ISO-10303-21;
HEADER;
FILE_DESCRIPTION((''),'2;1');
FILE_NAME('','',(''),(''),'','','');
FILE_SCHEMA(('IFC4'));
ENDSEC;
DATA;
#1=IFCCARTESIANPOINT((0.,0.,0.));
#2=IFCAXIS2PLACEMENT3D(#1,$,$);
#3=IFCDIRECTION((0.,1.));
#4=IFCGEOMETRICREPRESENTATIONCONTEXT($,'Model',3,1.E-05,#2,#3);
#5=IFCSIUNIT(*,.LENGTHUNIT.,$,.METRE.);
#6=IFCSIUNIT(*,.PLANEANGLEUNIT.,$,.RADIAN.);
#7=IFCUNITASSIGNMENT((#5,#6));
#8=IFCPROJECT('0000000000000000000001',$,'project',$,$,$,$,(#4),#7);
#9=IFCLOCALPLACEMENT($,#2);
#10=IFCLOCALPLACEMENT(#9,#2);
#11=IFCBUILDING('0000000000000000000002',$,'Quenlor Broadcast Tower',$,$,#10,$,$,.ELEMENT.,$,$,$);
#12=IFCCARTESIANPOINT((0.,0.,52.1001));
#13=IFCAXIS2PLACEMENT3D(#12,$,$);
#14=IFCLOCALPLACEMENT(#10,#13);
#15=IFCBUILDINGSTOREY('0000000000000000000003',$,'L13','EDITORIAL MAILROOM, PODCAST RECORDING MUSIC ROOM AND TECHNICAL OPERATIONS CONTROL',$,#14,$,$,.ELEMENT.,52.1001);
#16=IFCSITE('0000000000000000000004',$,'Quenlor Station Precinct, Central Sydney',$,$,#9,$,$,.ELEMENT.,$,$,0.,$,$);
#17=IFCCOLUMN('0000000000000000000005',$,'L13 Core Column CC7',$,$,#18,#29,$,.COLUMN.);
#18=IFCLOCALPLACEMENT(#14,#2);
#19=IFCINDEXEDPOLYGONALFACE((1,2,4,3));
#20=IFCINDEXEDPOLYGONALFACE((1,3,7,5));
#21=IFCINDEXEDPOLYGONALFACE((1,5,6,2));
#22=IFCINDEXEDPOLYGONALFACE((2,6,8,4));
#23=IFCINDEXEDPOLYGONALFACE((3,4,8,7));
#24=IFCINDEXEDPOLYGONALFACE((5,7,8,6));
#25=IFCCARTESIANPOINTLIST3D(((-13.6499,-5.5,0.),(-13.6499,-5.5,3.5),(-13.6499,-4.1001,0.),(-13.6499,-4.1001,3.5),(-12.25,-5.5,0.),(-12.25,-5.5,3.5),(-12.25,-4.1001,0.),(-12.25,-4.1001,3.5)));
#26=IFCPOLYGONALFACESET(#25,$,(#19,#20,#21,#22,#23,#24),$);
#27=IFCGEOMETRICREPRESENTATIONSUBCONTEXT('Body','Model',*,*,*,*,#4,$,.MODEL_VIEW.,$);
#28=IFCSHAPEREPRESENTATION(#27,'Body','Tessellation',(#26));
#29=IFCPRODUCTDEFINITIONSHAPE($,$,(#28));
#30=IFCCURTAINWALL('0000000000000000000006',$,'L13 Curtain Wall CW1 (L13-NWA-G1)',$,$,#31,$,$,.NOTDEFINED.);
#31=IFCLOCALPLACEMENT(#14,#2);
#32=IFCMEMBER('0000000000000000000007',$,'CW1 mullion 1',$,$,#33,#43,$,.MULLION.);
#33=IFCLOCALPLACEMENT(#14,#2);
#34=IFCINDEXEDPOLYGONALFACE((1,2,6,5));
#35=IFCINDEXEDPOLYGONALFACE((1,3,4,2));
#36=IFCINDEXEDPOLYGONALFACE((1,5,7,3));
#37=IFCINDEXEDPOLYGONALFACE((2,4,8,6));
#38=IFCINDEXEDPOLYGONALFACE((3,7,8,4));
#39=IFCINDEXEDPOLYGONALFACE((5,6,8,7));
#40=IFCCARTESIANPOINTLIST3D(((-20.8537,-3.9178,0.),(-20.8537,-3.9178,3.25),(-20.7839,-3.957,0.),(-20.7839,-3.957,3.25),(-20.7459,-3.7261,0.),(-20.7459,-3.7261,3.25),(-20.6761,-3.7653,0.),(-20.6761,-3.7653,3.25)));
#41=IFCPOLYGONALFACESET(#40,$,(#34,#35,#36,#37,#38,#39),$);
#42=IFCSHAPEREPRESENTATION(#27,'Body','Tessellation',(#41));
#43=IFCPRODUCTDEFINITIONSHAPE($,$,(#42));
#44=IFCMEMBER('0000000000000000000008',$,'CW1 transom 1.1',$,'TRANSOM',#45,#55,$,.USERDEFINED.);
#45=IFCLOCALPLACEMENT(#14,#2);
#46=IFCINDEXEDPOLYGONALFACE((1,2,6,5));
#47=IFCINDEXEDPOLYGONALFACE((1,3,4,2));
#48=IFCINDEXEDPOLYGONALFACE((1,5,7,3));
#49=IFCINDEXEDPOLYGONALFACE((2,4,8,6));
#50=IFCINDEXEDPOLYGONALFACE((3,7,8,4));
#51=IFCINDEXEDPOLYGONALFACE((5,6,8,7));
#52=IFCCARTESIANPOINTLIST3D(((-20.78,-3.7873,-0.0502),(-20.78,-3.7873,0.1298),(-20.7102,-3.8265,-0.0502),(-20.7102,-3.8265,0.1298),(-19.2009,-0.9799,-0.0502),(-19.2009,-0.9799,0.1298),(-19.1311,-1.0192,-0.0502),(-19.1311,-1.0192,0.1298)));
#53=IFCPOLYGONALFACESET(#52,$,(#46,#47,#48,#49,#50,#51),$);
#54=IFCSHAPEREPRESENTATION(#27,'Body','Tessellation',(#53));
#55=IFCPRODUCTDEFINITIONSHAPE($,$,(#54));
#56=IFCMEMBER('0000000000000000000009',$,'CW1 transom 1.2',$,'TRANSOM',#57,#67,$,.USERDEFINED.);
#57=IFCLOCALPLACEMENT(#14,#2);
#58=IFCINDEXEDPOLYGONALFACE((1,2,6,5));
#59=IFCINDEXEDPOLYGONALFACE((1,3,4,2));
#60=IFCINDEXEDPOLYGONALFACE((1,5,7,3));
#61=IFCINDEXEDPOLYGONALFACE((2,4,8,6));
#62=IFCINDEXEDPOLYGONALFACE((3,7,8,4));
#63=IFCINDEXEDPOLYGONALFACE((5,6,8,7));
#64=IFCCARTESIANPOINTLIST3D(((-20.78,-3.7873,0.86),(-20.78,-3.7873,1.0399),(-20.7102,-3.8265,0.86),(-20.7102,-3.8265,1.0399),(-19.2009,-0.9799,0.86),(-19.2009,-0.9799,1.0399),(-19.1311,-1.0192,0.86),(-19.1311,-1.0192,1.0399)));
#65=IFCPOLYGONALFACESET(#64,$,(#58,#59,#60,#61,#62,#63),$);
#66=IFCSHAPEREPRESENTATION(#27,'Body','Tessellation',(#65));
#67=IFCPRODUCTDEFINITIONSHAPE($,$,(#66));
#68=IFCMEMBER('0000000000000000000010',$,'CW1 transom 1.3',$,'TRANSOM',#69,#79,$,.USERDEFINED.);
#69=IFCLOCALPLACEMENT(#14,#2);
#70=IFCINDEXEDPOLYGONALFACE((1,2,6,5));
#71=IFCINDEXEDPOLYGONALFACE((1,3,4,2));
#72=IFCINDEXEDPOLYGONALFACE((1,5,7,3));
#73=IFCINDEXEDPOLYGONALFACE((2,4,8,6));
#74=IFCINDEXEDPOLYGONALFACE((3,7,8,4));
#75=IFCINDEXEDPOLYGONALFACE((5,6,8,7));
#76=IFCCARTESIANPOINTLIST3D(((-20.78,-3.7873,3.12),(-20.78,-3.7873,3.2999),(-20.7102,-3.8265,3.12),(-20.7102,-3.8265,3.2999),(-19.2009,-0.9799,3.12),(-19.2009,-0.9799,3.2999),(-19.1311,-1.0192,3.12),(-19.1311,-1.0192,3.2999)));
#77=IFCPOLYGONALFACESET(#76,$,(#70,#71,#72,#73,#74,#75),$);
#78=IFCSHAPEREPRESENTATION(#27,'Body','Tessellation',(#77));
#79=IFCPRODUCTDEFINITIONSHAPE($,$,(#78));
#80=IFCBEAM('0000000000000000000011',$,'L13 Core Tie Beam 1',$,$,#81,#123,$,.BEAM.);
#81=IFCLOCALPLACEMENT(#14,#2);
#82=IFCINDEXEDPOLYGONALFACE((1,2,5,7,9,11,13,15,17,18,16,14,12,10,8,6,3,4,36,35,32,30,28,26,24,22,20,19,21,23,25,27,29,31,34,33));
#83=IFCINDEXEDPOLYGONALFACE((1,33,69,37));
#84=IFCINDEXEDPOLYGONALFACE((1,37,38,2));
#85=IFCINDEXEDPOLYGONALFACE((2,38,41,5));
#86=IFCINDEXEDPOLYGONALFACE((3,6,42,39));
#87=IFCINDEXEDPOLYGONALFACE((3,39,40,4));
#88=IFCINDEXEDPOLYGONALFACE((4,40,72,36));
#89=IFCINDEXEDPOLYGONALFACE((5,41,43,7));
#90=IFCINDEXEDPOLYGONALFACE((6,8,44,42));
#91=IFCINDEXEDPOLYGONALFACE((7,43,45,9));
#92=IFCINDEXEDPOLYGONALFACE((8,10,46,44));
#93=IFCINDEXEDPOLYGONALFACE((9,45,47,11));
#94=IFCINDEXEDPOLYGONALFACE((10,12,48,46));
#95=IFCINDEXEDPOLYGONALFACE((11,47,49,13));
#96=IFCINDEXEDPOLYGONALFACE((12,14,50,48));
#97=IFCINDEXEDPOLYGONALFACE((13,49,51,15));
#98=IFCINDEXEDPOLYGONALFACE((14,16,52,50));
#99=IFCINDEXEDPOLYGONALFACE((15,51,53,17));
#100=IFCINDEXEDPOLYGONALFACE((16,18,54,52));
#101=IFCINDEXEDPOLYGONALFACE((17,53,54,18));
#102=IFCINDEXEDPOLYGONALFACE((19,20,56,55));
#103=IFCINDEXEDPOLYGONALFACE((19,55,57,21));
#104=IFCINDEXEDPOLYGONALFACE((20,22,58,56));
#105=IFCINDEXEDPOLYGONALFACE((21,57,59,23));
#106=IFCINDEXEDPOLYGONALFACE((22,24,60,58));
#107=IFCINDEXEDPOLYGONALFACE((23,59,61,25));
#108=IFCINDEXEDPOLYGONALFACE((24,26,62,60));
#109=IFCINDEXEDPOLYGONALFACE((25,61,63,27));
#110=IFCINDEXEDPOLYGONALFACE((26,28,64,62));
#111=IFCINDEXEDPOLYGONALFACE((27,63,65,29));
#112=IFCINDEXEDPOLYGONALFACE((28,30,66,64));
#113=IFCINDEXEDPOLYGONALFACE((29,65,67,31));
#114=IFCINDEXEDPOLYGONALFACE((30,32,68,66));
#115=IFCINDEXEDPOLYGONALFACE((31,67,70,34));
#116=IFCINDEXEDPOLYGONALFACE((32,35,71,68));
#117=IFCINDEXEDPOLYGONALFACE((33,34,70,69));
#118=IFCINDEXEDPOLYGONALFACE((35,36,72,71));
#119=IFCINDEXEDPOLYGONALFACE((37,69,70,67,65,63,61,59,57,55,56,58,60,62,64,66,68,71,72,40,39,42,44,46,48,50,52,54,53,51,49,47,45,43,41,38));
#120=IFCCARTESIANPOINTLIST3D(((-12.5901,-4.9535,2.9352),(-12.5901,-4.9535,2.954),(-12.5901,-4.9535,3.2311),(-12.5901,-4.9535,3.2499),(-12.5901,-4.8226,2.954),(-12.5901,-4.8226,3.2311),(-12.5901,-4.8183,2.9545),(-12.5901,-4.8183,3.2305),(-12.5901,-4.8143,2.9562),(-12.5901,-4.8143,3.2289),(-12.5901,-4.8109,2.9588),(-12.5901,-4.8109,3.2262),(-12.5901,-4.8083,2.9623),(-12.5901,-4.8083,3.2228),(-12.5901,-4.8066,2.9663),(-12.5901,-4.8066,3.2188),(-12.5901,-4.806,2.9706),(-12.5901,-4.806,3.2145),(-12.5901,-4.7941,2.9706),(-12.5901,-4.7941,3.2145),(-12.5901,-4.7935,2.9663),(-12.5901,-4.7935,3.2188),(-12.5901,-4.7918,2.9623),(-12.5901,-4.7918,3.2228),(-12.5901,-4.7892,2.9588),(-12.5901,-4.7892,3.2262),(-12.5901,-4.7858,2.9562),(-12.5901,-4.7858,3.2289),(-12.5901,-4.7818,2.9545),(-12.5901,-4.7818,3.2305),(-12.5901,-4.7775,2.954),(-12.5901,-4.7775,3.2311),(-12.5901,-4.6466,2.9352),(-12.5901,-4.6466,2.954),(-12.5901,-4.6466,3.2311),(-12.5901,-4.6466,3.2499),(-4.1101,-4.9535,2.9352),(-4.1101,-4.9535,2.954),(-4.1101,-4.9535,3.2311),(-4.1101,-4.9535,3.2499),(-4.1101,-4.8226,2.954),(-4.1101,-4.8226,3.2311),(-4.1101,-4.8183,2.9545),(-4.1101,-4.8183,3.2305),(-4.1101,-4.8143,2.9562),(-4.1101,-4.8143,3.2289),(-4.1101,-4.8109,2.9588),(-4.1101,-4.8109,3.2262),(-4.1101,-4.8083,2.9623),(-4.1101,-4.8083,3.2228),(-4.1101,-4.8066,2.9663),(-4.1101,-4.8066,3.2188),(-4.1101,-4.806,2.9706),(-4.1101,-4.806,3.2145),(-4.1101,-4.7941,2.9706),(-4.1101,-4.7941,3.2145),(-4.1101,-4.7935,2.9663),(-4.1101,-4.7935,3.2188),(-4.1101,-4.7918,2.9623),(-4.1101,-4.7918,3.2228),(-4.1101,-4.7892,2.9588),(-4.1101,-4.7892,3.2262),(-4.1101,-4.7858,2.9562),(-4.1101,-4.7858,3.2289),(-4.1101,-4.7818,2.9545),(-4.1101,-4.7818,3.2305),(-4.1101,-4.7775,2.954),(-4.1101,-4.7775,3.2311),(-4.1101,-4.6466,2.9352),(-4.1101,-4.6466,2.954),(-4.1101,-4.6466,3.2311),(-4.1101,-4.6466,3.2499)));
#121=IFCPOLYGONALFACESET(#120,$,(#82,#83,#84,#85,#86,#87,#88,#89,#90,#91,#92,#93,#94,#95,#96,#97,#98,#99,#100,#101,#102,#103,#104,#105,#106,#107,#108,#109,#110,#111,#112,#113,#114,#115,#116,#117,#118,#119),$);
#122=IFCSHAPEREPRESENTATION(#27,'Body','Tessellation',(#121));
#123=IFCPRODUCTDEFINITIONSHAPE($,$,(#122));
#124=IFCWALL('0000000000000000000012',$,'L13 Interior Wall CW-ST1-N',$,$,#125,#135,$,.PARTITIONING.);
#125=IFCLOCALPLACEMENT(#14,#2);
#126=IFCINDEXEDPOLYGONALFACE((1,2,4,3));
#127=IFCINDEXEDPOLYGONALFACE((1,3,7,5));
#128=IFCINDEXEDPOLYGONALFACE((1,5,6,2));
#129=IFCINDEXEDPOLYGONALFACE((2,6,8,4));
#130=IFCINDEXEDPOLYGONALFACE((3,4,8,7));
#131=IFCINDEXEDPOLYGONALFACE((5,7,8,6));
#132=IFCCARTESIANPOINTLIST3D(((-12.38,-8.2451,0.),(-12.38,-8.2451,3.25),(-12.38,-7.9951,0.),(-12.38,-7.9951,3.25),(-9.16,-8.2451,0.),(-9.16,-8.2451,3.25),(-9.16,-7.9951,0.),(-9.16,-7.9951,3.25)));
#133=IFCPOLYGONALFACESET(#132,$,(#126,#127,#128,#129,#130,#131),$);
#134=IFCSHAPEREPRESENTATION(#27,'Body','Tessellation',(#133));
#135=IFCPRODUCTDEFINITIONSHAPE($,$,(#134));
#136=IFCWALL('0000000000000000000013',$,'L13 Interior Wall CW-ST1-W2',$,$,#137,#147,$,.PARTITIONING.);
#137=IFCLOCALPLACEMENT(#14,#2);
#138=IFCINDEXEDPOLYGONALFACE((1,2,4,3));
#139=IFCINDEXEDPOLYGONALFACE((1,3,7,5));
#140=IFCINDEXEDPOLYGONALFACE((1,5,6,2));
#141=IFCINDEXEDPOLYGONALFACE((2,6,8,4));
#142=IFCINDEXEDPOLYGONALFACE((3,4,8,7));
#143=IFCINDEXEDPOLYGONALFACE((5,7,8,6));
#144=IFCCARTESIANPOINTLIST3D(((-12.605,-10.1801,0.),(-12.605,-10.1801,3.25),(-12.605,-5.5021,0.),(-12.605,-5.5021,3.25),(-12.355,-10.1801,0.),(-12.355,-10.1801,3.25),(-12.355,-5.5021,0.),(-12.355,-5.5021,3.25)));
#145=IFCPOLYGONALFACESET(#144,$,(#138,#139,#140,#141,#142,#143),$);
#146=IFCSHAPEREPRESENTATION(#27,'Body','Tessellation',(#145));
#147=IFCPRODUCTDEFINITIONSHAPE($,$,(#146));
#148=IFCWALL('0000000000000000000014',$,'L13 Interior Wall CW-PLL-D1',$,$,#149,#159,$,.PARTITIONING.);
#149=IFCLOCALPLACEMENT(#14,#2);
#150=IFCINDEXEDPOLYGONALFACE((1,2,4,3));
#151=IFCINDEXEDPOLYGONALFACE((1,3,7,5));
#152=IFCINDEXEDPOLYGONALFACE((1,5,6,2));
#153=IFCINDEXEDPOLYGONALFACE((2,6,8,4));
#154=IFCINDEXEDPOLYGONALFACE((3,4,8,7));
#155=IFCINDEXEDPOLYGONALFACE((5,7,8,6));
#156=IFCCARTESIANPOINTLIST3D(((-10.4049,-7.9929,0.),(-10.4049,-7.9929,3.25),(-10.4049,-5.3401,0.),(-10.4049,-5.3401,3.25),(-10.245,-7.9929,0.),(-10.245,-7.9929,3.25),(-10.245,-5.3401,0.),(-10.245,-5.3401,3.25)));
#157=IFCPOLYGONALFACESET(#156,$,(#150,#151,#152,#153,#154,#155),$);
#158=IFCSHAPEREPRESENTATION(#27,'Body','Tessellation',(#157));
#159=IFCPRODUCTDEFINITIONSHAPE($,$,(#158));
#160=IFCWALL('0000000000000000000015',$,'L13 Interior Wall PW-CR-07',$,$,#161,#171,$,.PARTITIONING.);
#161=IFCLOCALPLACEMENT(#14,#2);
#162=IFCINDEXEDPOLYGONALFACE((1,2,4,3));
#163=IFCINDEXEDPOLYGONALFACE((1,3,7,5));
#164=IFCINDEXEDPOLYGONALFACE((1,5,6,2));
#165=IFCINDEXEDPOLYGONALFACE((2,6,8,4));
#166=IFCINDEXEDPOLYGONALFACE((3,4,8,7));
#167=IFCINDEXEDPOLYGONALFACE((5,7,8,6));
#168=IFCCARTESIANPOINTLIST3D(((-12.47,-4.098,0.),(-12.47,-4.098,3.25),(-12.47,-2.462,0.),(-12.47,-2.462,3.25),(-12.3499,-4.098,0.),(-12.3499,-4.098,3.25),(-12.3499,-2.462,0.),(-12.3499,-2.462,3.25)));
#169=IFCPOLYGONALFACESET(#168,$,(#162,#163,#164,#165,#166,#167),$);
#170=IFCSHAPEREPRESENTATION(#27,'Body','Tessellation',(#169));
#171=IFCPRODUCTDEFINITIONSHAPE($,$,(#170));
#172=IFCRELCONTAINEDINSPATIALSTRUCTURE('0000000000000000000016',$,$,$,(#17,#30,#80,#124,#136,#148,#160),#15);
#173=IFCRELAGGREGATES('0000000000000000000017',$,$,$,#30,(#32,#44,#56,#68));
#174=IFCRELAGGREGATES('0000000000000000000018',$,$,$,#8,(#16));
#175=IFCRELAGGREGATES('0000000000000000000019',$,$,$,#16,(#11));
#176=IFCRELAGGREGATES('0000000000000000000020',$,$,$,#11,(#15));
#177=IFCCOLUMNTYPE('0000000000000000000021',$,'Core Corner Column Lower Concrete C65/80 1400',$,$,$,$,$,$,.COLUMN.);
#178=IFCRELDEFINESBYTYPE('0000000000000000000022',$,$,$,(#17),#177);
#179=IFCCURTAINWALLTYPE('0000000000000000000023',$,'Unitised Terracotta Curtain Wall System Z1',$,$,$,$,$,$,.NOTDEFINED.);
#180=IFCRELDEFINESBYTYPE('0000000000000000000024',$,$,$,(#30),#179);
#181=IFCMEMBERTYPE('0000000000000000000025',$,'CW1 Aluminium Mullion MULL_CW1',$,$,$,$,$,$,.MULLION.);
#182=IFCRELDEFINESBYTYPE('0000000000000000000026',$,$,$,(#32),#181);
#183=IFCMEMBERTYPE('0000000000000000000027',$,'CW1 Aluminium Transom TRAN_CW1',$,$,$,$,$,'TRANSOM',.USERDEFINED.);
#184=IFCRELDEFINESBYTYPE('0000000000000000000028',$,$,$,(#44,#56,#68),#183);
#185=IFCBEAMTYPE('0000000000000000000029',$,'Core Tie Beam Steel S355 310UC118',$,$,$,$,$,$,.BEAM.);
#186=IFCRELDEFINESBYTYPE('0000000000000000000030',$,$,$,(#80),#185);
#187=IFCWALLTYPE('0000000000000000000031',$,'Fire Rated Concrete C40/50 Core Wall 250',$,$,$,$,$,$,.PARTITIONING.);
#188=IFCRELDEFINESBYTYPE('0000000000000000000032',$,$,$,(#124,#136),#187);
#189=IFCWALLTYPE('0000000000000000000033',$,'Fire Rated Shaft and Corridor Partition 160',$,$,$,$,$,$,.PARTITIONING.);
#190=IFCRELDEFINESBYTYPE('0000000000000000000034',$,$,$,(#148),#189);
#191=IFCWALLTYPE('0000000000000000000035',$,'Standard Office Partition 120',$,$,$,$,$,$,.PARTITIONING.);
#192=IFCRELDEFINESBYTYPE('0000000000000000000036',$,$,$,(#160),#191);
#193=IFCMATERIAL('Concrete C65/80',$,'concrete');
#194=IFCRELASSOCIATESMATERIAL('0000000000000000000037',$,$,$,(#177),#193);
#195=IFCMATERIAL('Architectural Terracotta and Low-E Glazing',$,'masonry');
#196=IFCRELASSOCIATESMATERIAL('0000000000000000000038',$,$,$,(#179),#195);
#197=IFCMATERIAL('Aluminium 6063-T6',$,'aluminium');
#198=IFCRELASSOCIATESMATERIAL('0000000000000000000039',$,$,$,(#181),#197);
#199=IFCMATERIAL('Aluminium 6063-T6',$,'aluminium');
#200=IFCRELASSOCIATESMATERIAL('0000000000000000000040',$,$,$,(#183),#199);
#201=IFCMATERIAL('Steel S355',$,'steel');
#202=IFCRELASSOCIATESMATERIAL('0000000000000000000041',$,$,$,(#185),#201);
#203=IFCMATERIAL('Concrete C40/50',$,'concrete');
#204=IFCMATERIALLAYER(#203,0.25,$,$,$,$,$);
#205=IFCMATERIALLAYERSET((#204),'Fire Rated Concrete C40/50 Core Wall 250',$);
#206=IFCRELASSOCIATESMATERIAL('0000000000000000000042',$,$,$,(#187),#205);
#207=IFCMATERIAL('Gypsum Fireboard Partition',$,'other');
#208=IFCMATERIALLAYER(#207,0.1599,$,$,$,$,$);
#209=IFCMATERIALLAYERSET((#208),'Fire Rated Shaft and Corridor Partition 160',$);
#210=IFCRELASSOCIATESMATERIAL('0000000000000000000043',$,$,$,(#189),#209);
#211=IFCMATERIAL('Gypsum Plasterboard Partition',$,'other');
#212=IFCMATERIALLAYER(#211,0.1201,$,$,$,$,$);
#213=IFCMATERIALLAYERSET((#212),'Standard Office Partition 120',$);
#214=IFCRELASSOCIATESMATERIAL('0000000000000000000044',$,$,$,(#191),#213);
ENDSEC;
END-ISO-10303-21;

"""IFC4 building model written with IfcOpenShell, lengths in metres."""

from ifc_helpers import new_model, si_unit, direction, frame, frame_2d, origin, origin_2d, place, context, subcontext, project, spatial, rectangle, i_section, extrude, material, layer, layer_set, material_profile, profile_set, type_object, element, aggregate, save


model = new_model("IFC4")

# Units and contexts
model_context = context("Model", 3, precision=1e-05, world=origin(), true_north=direction((0.0, 1.0)))
body_context = subcontext(model_context, "Body", "Model", "MODEL_VIEW")
ifc_project = project(units=[si_unit("LENGTHUNIT", "METRE"), si_unit("PLANEANGLEUNIT", "RADIAN")], contexts=[model_context])

# Site, building, storey
site_placement = place(None, origin())
site = spatial("IfcSite", under=ifc_project, at=site_placement, Name="Quenlor Station Precinct, Central Sydney", CompositionType="ELEMENT", RefElevation=0.0)
building_placement = place(site_placement, origin())
building = spatial("IfcBuilding", under=site, at=building_placement, Name="Quenlor Broadcast Tower", CompositionType="ELEMENT")
storey_placement = place(building_placement, frame((0.0, 0.0, 52.1001)))
storey = spatial("IfcBuildingStorey", under=building, at=storey_placement, Name="L13", Description="EDITORIAL MAILROOM, PODCAST RECORDING MUSIC ROOM AND TECHNICAL OPERATIONS CONTROL", CompositionType="ELEMENT", Elevation=52.1001)

# Column
ifc_material_1 = material(Name="Concrete C65/80", Category="concrete")
ifc_material_profile_1 = material_profile(ifc_material_1, rectangle(XDim=1.3999, YDim=1.3999, at=origin_2d()))
ifc_profile_set_1 = profile_set([ifc_material_profile_1], Name="Concrete C65/80 RC1400x1400")
column_type = type_object("IfcColumnType", Name="Core Corner Column Lower Concrete C65/80 1400", PredefinedType="COLUMN", material=ifc_profile_set_1)
column_placement = place(storey_placement, frame((-12.95, -4.8, 0.0), z_axis=(0.0, 0.0, 1.0), x_axis=(1.0, 0.0, 0.0)))
element("IfcColumn", 1, at=column_placement, inside=storey, type_object=column_type, Name="L13 Core Column CC7", PredefinedType="COLUMN", context=body_context, shape_type="SweptSolid", body=[
    extrude(rectangle(XDim=1.3999, YDim=1.3999, at=origin_2d()), origin(), (0.0, 0.0, 1.0), 3.5),
])

# Curtain wall, members
ifc_material_2 = material(Name="Architectural Terracotta and Low-E Glazing", Category="masonry")
curtain_wall_type = type_object("IfcCurtainWallType", Name="Unitised Terracotta Curtain Wall System Z1", PredefinedType="NOTDEFINED", material=ifc_material_2)
curtain_wall_placement = place(storey_placement, origin())
curtain_wall = element("IfcCurtainWall", 2, at=curtain_wall_placement, inside=storey, type_object=curtain_wall_type, Name="L13 Curtain Wall CW1 (L13-NWA-G1)", PredefinedType="NOTDEFINED")
ifc_material_3 = material(Name="Aluminium 6063-T6", Category="aluminium")
ifc_material_profile_2 = material_profile(ifc_material_3, rectangle(XDim=0.0801, YDim=0.22, at=origin_2d()))
ifc_profile_set_2 = profile_set([ifc_material_profile_2], Name="Aluminium 6063-T6 MULL80x220")
member_type_1 = type_object("IfcMemberType", Name="CW1 Aluminium Mullion MULL_CW1", PredefinedType="MULLION", material=ifc_profile_set_2)
member_1_placement = place(storey_placement, frame((-20.7649, -3.8416, 0.0), z_axis=(0.0, 0.0, 1.0), x_axis=(-0.871578, 0.490257, 0.0)))
member_1 = element("IfcMember", 3, at=member_1_placement, type_object=member_type_1, Name="CW1 mullion 1", PredefinedType="MULLION", context=body_context, shape_type="SweptSolid", body=[
    extrude(rectangle(XDim=0.0801, YDim=0.22, at=origin_2d()), origin(), (0.0, 0.0, 1.0), 3.25),
])
ifc_material_4 = material(Name="Aluminium 6063-T6", Category="aluminium")
ifc_material_profile_3 = material_profile(ifc_material_4, rectangle(XDim=0.0801, YDim=0.1799, at=origin_2d()))
ifc_profile_set_3 = profile_set([ifc_material_profile_3], Name="Aluminium 6063-T6 TRAN80x180")
member_type_2 = type_object("IfcMemberType", Name="CW1 Aluminium Transom TRAN_CW1", ElementType="TRANSOM", PredefinedType="USERDEFINED", material=ifc_profile_set_3)
member_2_placement = place(storey_placement, frame((-20.7451, -3.8069, 0.0398), z_axis=(0.49025, 0.871582, 0.0), x_axis=(-0.871582, 0.49025, 0.0)))
member_2 = element("IfcMember", 4, at=member_2_placement, type_object=member_type_2, Name="CW1 transom 1.1", ObjectType="TRANSOM", PredefinedType="USERDEFINED", context=body_context, shape_type="SweptSolid", body=[
    extrude(rectangle(XDim=0.0801, YDim=0.1799, at=origin_2d()), origin(), (0.0, 0.0, 1.0), 3.2209),
])
member_3_placement = place(storey_placement, frame((-20.7451, -3.8069, 0.95), z_axis=(0.49025, 0.871582, 0.0), x_axis=(-0.871582, 0.49025, 0.0)))
member_3 = element("IfcMember", 5, at=member_3_placement, type_object=member_type_2, Name="CW1 transom 1.2", ObjectType="TRANSOM", PredefinedType="USERDEFINED", context=body_context, shape_type="SweptSolid", body=[
    extrude(rectangle(XDim=0.0801, YDim=0.1799, at=origin_2d()), origin(), (0.0, 0.0, 1.0), 3.2209),
])
member_4_placement = place(storey_placement, frame((-20.7451, -3.8069, 3.21), z_axis=(0.49025, 0.871582, 0.0), x_axis=(-0.871582, 0.49025, 0.0)))
member_4 = element("IfcMember", 6, at=member_4_placement, type_object=member_type_2, Name="CW1 transom 1.3", ObjectType="TRANSOM", PredefinedType="USERDEFINED", context=body_context, shape_type="SweptSolid", body=[
    extrude(rectangle(XDim=0.0801, YDim=0.1799, at=origin_2d()), origin(), (0.0, 0.0, 1.0), 3.2209),
])
aggregate(curtain_wall, [member_1, member_2, member_3, member_4])

# Beam
ifc_material_5 = material(Name="Steel S355", Category="steel")
ifc_material_profile_4 = material_profile(ifc_material_5, i_section(OverallWidth=0.3069, OverallDepth=0.3147, WebThickness=0.012, FlangeThickness=0.0188, FilletRadius=0.0166, at=origin_2d()))
ifc_profile_set_4 = profile_set([ifc_material_profile_4], Name="Steel S355 310UC118")
beam_type = type_object("IfcBeamType", Name="Core Tie Beam Steel S355 310UC118", PredefinedType="BEAM", material=ifc_profile_set_4)
beam_placement = place(storey_placement, frame((-12.5901, -4.8, 3.0925), z_axis=(1.0, 0.0, 0.0), x_axis=(0.0, 1.0, 0.0)))
element("IfcBeam", 7, at=beam_placement, inside=storey, type_object=beam_type, Name="L13 Core Tie Beam 1", PredefinedType="BEAM", context=body_context, shape_type="SweptSolid", body=[
    extrude(i_section(OverallWidth=0.3069, OverallDepth=0.3147, WebThickness=0.012, FlangeThickness=0.0188, FilletRadius=0.0166, at=origin_2d()), origin(), (0.0, 0.0, 1.0), 8.48),
])

# Walls
ifc_material_6 = material(Name="Concrete C40/50", Category="concrete")
ifc_layer_1 = layer(ifc_material_6, 0.25)
ifc_layer_set_1 = layer_set([ifc_layer_1], Name="Fire Rated Concrete C40/50 Core Wall 250")
wall_type_1 = type_object("IfcWallType", Name="Fire Rated Concrete C40/50 Core Wall 250", PredefinedType="PARTITIONING", material=ifc_layer_set_1)
wall_1_placement = place(storey_placement, frame((-12.3799, -8.1201, 0.0), z_axis=(0.0, 0.0, 1.0), x_axis=(1.0, 0.0, 0.0)))
element("IfcWall", 8, at=wall_1_placement, inside=storey, type_object=wall_type_1, Name="L13 Interior Wall CW-ST1-N", PredefinedType="PARTITIONING", context=body_context, shape_type="SweptSolid", body=[
    extrude(rectangle(XDim=3.22, YDim=0.25, at=frame_2d((1.6099, 0.0))), origin(), (0.0, 0.0, 1.0), 3.25),
])
wall_2_placement = place(storey_placement, frame((-12.48, -10.1799, 0.0), z_axis=(0.0, 0.0, 1.0), x_axis=(0.0, 1.0, 0.0)))
element("IfcWall", 9, at=wall_2_placement, inside=storey, type_object=wall_type_1, Name="L13 Interior Wall CW-ST1-W2", PredefinedType="PARTITIONING", context=body_context, shape_type="SweptSolid", body=[
    extrude(rectangle(XDim=4.678, YDim=0.25, at=frame_2d((2.3389, 0.0))), origin(), (0.0, 0.0, 1.0), 3.25),
])

# Walls
ifc_material_7 = material(Name="Gypsum Fireboard Partition", Category="other")
ifc_layer_2 = layer(ifc_material_7, 0.1599)
ifc_layer_set_2 = layer_set([ifc_layer_2], Name="Fire Rated Shaft and Corridor Partition 160")
wall_type_2 = type_object("IfcWallType", Name="Fire Rated Shaft and Corridor Partition 160", PredefinedType="PARTITIONING", material=ifc_layer_set_2)
wall_3_placement = place(storey_placement, frame((-10.325, -7.9929, 0.0), z_axis=(0.0, 0.0, 1.0), x_axis=(0.0, 1.0, 0.0)))
element("IfcWall", 10, at=wall_3_placement, inside=storey, type_object=wall_type_2, Name="L13 Interior Wall CW-PLL-D1", PredefinedType="PARTITIONING", context=body_context, shape_type="SweptSolid", body=[
    extrude(rectangle(XDim=2.6528, YDim=0.1599, at=frame_2d((1.3264, 0.0))), origin(), (0.0, 0.0, 1.0), 3.25),
])
ifc_material_8 = material(Name="Gypsum Plasterboard Partition", Category="other")
ifc_layer_3 = layer(ifc_material_8, 0.1201)
ifc_layer_set_3 = layer_set([ifc_layer_3], Name="Standard Office Partition 120")
wall_type_3 = type_object("IfcWallType", Name="Standard Office Partition 120", PredefinedType="PARTITIONING", material=ifc_layer_set_3)
wall_4_placement = place(storey_placement, frame((-12.4099, -4.0979, 0.0), z_axis=(0.0, 0.0, 1.0), x_axis=(0.0, 1.0, 0.0)))
element("IfcWall", 11, at=wall_4_placement, inside=storey, type_object=wall_type_3, Name="L13 Interior Wall PW-CR-07", PredefinedType="PARTITIONING", context=body_context, shape_type="SweptSolid", body=[
    extrude(rectangle(XDim=1.636, YDim=0.1201, at=frame_2d((0.8179, 0.0))), origin(), (0.0, 0.0, 1.0), 3.25),
])

save(model, "model.ifc")
